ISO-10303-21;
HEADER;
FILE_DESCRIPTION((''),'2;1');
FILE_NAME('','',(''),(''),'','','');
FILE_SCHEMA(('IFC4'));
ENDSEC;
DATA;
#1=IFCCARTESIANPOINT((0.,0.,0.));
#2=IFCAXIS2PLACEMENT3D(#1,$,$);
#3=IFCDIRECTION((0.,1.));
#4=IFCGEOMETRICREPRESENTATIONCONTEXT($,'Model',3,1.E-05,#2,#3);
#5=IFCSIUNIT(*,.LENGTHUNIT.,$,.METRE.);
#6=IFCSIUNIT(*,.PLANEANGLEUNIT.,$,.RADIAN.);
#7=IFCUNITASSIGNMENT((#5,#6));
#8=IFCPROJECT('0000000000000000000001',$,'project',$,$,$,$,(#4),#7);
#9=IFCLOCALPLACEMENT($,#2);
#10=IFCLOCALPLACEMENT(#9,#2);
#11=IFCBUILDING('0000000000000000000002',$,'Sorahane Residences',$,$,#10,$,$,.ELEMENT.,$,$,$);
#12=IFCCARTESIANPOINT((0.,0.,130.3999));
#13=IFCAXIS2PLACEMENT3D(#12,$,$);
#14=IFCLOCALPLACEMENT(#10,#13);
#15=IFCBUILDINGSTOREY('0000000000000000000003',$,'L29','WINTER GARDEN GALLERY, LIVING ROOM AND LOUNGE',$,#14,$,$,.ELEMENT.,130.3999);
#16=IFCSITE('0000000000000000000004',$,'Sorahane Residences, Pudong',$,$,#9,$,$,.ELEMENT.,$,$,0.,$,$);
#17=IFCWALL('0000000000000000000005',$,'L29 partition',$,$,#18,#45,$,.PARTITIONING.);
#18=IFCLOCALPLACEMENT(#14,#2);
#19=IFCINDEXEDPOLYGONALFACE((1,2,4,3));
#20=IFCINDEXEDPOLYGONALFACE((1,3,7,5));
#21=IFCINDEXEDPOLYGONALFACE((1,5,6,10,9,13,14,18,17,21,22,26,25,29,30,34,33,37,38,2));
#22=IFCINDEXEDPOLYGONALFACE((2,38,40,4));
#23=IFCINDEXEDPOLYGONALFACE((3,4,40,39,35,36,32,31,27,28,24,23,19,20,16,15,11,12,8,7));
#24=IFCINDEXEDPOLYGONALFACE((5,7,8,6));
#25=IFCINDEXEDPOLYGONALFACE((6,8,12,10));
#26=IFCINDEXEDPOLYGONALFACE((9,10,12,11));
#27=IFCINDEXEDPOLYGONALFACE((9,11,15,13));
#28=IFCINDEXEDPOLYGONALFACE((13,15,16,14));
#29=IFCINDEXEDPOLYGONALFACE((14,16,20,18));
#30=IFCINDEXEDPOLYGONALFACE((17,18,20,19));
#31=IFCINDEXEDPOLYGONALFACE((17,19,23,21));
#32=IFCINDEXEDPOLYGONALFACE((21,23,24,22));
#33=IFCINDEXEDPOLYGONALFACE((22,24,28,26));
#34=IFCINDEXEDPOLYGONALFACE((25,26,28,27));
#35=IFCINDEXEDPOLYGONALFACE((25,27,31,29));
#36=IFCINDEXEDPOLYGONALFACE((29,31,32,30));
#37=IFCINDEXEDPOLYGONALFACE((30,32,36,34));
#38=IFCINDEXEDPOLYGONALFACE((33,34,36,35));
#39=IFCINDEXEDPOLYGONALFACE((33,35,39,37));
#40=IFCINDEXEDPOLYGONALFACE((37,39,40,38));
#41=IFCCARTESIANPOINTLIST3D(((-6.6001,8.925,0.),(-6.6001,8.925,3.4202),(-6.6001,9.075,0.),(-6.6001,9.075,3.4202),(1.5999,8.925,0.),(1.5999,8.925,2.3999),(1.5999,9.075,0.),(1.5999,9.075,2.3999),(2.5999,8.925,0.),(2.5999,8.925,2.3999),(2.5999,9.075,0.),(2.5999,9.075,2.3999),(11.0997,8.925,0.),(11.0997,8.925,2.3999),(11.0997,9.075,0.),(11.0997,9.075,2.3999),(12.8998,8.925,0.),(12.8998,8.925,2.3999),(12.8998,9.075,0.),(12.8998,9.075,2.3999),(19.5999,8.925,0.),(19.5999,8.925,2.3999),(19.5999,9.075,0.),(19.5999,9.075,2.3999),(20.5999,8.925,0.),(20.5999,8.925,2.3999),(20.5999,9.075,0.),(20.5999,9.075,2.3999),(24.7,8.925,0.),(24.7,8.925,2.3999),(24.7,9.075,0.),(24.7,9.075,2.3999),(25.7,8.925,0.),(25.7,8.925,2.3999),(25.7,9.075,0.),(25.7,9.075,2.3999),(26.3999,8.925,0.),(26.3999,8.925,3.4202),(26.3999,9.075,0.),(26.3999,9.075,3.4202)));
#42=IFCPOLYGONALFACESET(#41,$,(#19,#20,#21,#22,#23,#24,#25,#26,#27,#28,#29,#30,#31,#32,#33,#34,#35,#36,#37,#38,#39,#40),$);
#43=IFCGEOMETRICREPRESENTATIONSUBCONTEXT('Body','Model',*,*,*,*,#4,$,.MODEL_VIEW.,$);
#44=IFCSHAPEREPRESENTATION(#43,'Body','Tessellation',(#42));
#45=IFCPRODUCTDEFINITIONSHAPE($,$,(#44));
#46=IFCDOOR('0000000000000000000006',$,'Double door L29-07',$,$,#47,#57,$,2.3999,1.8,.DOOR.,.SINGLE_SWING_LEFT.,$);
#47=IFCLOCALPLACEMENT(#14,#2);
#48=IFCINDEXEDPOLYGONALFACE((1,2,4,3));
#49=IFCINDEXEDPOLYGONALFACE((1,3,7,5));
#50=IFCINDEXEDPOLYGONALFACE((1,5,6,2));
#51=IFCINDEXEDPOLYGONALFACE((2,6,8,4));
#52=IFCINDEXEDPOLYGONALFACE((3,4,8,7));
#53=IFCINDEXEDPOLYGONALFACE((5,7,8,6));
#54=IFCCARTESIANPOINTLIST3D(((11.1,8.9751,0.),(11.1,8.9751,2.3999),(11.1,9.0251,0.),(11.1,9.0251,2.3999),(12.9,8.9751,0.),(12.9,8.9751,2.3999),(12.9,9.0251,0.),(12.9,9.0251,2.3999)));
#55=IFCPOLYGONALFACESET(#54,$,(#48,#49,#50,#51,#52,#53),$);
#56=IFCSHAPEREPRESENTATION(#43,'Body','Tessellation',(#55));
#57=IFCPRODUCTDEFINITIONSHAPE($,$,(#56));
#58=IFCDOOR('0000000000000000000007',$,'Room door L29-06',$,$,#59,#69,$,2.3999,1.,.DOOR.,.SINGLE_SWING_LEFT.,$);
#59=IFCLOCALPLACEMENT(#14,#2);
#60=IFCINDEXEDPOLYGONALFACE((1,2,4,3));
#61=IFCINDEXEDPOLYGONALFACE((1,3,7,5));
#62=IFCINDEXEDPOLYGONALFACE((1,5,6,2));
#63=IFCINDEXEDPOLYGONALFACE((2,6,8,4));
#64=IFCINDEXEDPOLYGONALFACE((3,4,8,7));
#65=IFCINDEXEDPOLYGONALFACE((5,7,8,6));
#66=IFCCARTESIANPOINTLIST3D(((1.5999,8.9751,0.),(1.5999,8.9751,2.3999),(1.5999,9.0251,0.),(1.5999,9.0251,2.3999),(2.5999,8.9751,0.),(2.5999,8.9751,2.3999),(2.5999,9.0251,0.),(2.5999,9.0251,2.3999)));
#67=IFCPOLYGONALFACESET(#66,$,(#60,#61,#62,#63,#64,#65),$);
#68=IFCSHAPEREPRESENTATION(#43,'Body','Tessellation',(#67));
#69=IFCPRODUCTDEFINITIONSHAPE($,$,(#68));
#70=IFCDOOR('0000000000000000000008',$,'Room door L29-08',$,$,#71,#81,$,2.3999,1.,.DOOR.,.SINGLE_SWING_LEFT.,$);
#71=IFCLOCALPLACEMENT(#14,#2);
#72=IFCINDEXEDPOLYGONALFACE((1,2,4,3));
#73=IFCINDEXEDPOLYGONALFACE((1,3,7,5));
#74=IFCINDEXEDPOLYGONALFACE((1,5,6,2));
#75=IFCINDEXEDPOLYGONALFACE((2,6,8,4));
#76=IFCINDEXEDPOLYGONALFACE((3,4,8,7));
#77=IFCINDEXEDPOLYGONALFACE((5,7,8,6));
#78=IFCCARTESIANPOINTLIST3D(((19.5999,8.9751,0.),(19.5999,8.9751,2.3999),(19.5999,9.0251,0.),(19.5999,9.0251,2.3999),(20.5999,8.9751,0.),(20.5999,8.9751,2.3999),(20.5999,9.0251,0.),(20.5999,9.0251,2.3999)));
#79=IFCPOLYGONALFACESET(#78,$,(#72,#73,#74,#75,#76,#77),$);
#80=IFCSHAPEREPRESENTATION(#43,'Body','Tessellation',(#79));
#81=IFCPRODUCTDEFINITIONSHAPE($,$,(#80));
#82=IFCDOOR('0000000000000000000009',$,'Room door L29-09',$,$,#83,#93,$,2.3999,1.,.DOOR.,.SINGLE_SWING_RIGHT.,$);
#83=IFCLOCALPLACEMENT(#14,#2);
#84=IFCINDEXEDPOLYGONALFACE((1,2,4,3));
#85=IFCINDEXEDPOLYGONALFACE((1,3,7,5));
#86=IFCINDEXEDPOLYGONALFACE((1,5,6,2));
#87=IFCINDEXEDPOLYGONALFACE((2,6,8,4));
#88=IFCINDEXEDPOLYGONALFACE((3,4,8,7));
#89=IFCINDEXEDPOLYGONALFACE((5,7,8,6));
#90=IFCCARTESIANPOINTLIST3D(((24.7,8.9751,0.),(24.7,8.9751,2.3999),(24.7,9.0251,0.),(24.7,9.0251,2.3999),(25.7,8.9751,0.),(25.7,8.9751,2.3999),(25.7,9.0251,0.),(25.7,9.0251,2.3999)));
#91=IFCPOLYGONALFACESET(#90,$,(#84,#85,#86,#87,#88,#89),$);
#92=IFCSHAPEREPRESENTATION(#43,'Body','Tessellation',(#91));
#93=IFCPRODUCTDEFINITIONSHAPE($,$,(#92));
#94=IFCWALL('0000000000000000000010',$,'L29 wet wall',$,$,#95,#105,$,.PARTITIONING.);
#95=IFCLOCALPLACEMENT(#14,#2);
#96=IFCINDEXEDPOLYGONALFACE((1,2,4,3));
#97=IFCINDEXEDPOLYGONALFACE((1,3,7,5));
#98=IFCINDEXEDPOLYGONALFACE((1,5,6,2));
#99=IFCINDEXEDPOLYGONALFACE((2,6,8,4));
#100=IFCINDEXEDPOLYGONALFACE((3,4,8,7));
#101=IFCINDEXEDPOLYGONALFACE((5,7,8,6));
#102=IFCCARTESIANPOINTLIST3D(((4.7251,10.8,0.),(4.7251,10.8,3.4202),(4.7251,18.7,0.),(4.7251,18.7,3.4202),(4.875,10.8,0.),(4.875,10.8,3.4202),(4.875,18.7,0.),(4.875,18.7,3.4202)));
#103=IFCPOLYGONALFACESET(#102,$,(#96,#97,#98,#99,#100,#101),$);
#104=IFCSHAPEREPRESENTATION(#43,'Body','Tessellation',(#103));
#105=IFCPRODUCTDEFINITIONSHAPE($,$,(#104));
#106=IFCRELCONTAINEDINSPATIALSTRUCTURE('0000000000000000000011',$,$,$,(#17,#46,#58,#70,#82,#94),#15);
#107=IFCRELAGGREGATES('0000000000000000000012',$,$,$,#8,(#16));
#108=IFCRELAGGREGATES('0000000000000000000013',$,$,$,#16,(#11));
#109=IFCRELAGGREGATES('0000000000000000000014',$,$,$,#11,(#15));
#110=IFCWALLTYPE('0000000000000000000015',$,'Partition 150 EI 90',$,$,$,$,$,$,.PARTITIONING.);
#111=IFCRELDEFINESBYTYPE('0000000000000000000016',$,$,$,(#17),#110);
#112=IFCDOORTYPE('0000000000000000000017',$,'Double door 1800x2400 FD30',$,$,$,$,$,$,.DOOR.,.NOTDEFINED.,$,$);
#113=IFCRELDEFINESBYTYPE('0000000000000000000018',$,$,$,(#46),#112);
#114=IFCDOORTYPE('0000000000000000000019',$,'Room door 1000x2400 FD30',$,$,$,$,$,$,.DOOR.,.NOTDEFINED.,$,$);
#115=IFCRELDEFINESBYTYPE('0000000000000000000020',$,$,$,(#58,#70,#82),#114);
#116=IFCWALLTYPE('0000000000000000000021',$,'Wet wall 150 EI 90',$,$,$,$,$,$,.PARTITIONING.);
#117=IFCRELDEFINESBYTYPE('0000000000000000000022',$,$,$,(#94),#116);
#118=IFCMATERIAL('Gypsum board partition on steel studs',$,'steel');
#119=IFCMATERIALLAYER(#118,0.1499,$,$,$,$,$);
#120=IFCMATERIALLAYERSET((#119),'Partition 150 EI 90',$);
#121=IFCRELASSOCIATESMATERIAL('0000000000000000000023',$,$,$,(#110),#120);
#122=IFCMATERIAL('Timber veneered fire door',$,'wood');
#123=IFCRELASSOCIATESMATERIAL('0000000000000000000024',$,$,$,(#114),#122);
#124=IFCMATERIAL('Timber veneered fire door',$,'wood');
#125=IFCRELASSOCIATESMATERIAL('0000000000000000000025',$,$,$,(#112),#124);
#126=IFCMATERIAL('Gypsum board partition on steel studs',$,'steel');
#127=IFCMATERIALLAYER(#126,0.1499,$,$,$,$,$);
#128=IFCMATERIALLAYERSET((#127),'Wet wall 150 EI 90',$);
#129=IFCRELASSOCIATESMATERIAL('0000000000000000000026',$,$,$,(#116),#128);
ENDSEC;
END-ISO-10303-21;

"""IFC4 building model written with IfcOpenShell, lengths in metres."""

from ifc_helpers import new_model, si_unit, direction, frame, frame_2d, origin, place, context, subcontext, project, spatial, rectangle, extrude, material, layer, layer_set, type_object, element, fill, save


model = new_model("IFC4")

# Units and contexts
model_context = context("Model", 3, precision=1e-05, world=origin(), true_north=direction((0.0, 1.0)))
body_context = subcontext(model_context, "Body", "Model", "MODEL_VIEW")
ifc_project = project(units=[si_unit("LENGTHUNIT", "METRE"), si_unit("PLANEANGLEUNIT", "RADIAN")], contexts=[model_context])

# Site, building, storey
site_placement = place(None, origin())
site = spatial("IfcSite", under=ifc_project, at=site_placement, Name="Sorahane Residences, Pudong", CompositionType="ELEMENT", RefElevation=0.0)
building_placement = place(site_placement, origin())
building = spatial("IfcBuilding", under=site, at=building_placement, Name="Sorahane Residences", CompositionType="ELEMENT")
storey_placement = place(building_placement, frame((0.0, 0.0, 130.3999)))
storey = spatial("IfcBuildingStorey", under=building, at=storey_placement, Name="L29", Description="WINTER GARDEN GALLERY, LIVING ROOM AND LOUNGE", CompositionType="ELEMENT", Elevation=130.3999)

# Shared definitions
ifc_material_1 = material(Name="Gypsum board partition on steel studs", Category="steel")
ifc_layer_1 = layer(ifc_material_1, 0.1499)
ifc_layer_set_1 = layer_set([ifc_layer_1], Name="Partition 150 EI 90")
wall_type_1 = type_object("IfcWallType", Name="Partition 150 EI 90", PredefinedType="PARTITIONING", material=ifc_layer_set_1)
ifc_material_2 = material(Name="Timber veneered fire door", Category="wood")
door_type_1 = type_object("IfcDoorType", Name="Room door 1000x2400 FD30", OperationType="NOTDEFINED", PredefinedType="DOOR", material=ifc_material_2)

# Wall, openings, doors
wall_1_placement = place(storey_placement, frame((-6.6001, 9.0, 0.0), z_axis=(0.0, 0.0, 1.0), x_axis=(1.0, 0.0, 0.0)))
wall_1 = element("IfcWall", 1, at=wall_1_placement, inside=storey, type_object=wall_type_1, Name="L29 partition", PredefinedType="PARTITIONING", context=body_context, shape_type="SweptSolid", body=[
    extrude(rectangle(XDim=33.0, YDim=0.1499, at=frame_2d((16.5, 0.0))), origin(), (0.0, 0.0, 1.0), 3.4202),
])
opening_1_placement = place(wall_1_placement, frame((8.2, 0.0, 0.0)))
opening_1 = element("IfcOpeningElement", 2, at=opening_1_placement, cuts=wall_1, PredefinedType="OPENING", context=body_context, shape_type="SweptSolid", body=[
    extrude(rectangle(XDim=1.0, YDim=2.3999, at=frame_2d((0.5, 1.2))), frame((0.0, 0.085, 0.0), z_axis=(0.0, -1.0, 0.0), x_axis=(1.0, 0.0, 0.0)), (0.0, 0.0, 1.0), 0.1699),
])
opening_2_placement = place(wall_1_placement, frame((17.7, 0.0, 0.0)))
opening_2 = element("IfcOpeningElement", 3, at=opening_2_placement, cuts=wall_1, PredefinedType="OPENING", context=body_context, shape_type="SweptSolid", body=[
    extrude(rectangle(XDim=1.8, YDim=2.3999, at=frame_2d((0.8999, 1.2))), frame((0.0, 0.085, 0.0), z_axis=(0.0, -1.0, 0.0), x_axis=(1.0, 0.0, 0.0)), (0.0, 0.0, 1.0), 0.1699),
])
opening_3_placement = place(wall_1_placement, frame((26.2, 0.0, 0.0)))
opening_3 = element("IfcOpeningElement", 4, at=opening_3_placement, cuts=wall_1, PredefinedType="OPENING", context=body_context, shape_type="SweptSolid", body=[
    extrude(rectangle(XDim=1.0, YDim=2.3999, at=frame_2d((0.5, 1.2))), frame((0.0, 0.085, 0.0), z_axis=(0.0, -1.0, 0.0), x_axis=(1.0, 0.0, 0.0)), (0.0, 0.0, 1.0), 0.1699),
])
opening_4_placement = place(wall_1_placement, frame((31.3, 0.0, 0.0)))
opening_4 = element("IfcOpeningElement", 5, at=opening_4_placement, cuts=wall_1, PredefinedType="OPENING", context=body_context, shape_type="SweptSolid", body=[
    extrude(rectangle(XDim=1.0, YDim=2.3999, at=frame_2d((0.5, 1.2))), frame((0.0, 0.085, 0.0), z_axis=(0.0, -1.0, 0.0), x_axis=(1.0, 0.0, 0.0)), (0.0, 0.0, 1.0), 0.1699),
])
ifc_material_3 = material(Name="Timber veneered fire door", Category="wood")
door_type_2 = type_object("IfcDoorType", Name="Double door 1800x2400 FD30", OperationType="NOTDEFINED", PredefinedType="DOOR", material=ifc_material_3)
door_1_placement = place(opening_2_placement, frame((1.8, 0.0, 0.0), z_axis=(0.0, 0.0, 1.0), x_axis=(-1.0, 0.0, 0.0)))
door_1 = element("IfcDoor", 6, at=door_1_placement, inside=storey, type_object=door_type_2, Name="Double door L29-07", OperationType="SINGLE_SWING_LEFT", OverallHeight=2.3999, OverallWidth=1.8, PredefinedType="DOOR", context=body_context, shape_type="SweptSolid", body=[
    extrude(rectangle(XDim=1.8, YDim=2.3999, at=frame_2d((0.8999, 1.2))), frame((0.0, 0.0249, 0.0), z_axis=(0.0, -1.0, 0.0), x_axis=(1.0, 0.0, 0.0)), (0.0, 0.0, 1.0), 0.05),
])
fill(opening_2, door_1)
door_2_placement = place(opening_1_placement, frame((1.0, 0.0, 0.0), z_axis=(0.0, 0.0, 1.0), x_axis=(-1.0, 0.0, 0.0)))
door_2 = element("IfcDoor", 7, at=door_2_placement, inside=storey, type_object=door_type_1, Name="Room door L29-06", OperationType="SINGLE_SWING_LEFT", OverallHeight=2.3999, OverallWidth=1.0, PredefinedType="DOOR", context=body_context, shape_type="SweptSolid", body=[
    extrude(rectangle(XDim=1.0, YDim=2.3999, at=frame_2d((0.5, 1.2))), frame((0.0, 0.0249, 0.0), z_axis=(0.0, -1.0, 0.0), x_axis=(1.0, 0.0, 0.0)), (0.0, 0.0, 1.0), 0.05),
])
fill(opening_1, door_2)
door_3_placement = place(opening_3_placement, frame((1.0, 0.0, 0.0), z_axis=(0.0, 0.0, 1.0), x_axis=(-1.0, 0.0, 0.0)))
door_3 = element("IfcDoor", 8, at=door_3_placement, inside=storey, type_object=door_type_1, Name="Room door L29-08", OperationType="SINGLE_SWING_LEFT", OverallHeight=2.3999, OverallWidth=1.0, PredefinedType="DOOR", context=body_context, shape_type="SweptSolid", body=[
    extrude(rectangle(XDim=1.0, YDim=2.3999, at=frame_2d((0.5, 1.2))), frame((0.0, 0.0249, 0.0), z_axis=(0.0, -1.0, 0.0), x_axis=(1.0, 0.0, 0.0)), (0.0, 0.0, 1.0), 0.05),
])
fill(opening_3, door_3)
door_4_placement = place(opening_4_placement, frame((1.0, 0.0, 0.0), z_axis=(0.0, 0.0, 1.0), x_axis=(-1.0, 0.0, 0.0)))
door_4 = element("IfcDoor", 9, at=door_4_placement, inside=storey, type_object=door_type_1, Name="Room door L29-09", OperationType="SINGLE_SWING_RIGHT", OverallHeight=2.3999, OverallWidth=1.0, PredefinedType="DOOR", context=body_context, shape_type="SweptSolid", body=[
    extrude(rectangle(XDim=1.0, YDim=2.3999, at=frame_2d((0.5, 1.2))), frame((0.0, 0.0249, 0.0), z_axis=(0.0, -1.0, 0.0), x_axis=(1.0, 0.0, 0.0)), (0.0, 0.0, 1.0), 0.05),
])
fill(opening_4, door_4)

# Wall
ifc_material_4 = material(Name="Gypsum board partition on steel studs", Category="steel")
ifc_layer_2 = layer(ifc_material_4, 0.1499)
ifc_layer_set_2 = layer_set([ifc_layer_2], Name="Wet wall 150 EI 90")
wall_type_2 = type_object("IfcWallType", Name="Wet wall 150 EI 90", PredefinedType="PARTITIONING", material=ifc_layer_set_2)
wall_2_placement = place(storey_placement, frame((4.8, 10.8, 0.0), z_axis=(0.0, 0.0, 1.0), x_axis=(0.0, 1.0, 0.0)))
element("IfcWall", 10, at=wall_2_placement, inside=storey, type_object=wall_type_2, Name="L29 wet wall", PredefinedType="PARTITIONING", context=body_context, shape_type="SweptSolid", body=[
    extrude(rectangle(XDim=7.8999, YDim=0.1499, at=frame_2d((3.95, 0.0))), origin(), (0.0, 0.0, 1.0), 3.4202),
])

save(model, "model.ifc")
